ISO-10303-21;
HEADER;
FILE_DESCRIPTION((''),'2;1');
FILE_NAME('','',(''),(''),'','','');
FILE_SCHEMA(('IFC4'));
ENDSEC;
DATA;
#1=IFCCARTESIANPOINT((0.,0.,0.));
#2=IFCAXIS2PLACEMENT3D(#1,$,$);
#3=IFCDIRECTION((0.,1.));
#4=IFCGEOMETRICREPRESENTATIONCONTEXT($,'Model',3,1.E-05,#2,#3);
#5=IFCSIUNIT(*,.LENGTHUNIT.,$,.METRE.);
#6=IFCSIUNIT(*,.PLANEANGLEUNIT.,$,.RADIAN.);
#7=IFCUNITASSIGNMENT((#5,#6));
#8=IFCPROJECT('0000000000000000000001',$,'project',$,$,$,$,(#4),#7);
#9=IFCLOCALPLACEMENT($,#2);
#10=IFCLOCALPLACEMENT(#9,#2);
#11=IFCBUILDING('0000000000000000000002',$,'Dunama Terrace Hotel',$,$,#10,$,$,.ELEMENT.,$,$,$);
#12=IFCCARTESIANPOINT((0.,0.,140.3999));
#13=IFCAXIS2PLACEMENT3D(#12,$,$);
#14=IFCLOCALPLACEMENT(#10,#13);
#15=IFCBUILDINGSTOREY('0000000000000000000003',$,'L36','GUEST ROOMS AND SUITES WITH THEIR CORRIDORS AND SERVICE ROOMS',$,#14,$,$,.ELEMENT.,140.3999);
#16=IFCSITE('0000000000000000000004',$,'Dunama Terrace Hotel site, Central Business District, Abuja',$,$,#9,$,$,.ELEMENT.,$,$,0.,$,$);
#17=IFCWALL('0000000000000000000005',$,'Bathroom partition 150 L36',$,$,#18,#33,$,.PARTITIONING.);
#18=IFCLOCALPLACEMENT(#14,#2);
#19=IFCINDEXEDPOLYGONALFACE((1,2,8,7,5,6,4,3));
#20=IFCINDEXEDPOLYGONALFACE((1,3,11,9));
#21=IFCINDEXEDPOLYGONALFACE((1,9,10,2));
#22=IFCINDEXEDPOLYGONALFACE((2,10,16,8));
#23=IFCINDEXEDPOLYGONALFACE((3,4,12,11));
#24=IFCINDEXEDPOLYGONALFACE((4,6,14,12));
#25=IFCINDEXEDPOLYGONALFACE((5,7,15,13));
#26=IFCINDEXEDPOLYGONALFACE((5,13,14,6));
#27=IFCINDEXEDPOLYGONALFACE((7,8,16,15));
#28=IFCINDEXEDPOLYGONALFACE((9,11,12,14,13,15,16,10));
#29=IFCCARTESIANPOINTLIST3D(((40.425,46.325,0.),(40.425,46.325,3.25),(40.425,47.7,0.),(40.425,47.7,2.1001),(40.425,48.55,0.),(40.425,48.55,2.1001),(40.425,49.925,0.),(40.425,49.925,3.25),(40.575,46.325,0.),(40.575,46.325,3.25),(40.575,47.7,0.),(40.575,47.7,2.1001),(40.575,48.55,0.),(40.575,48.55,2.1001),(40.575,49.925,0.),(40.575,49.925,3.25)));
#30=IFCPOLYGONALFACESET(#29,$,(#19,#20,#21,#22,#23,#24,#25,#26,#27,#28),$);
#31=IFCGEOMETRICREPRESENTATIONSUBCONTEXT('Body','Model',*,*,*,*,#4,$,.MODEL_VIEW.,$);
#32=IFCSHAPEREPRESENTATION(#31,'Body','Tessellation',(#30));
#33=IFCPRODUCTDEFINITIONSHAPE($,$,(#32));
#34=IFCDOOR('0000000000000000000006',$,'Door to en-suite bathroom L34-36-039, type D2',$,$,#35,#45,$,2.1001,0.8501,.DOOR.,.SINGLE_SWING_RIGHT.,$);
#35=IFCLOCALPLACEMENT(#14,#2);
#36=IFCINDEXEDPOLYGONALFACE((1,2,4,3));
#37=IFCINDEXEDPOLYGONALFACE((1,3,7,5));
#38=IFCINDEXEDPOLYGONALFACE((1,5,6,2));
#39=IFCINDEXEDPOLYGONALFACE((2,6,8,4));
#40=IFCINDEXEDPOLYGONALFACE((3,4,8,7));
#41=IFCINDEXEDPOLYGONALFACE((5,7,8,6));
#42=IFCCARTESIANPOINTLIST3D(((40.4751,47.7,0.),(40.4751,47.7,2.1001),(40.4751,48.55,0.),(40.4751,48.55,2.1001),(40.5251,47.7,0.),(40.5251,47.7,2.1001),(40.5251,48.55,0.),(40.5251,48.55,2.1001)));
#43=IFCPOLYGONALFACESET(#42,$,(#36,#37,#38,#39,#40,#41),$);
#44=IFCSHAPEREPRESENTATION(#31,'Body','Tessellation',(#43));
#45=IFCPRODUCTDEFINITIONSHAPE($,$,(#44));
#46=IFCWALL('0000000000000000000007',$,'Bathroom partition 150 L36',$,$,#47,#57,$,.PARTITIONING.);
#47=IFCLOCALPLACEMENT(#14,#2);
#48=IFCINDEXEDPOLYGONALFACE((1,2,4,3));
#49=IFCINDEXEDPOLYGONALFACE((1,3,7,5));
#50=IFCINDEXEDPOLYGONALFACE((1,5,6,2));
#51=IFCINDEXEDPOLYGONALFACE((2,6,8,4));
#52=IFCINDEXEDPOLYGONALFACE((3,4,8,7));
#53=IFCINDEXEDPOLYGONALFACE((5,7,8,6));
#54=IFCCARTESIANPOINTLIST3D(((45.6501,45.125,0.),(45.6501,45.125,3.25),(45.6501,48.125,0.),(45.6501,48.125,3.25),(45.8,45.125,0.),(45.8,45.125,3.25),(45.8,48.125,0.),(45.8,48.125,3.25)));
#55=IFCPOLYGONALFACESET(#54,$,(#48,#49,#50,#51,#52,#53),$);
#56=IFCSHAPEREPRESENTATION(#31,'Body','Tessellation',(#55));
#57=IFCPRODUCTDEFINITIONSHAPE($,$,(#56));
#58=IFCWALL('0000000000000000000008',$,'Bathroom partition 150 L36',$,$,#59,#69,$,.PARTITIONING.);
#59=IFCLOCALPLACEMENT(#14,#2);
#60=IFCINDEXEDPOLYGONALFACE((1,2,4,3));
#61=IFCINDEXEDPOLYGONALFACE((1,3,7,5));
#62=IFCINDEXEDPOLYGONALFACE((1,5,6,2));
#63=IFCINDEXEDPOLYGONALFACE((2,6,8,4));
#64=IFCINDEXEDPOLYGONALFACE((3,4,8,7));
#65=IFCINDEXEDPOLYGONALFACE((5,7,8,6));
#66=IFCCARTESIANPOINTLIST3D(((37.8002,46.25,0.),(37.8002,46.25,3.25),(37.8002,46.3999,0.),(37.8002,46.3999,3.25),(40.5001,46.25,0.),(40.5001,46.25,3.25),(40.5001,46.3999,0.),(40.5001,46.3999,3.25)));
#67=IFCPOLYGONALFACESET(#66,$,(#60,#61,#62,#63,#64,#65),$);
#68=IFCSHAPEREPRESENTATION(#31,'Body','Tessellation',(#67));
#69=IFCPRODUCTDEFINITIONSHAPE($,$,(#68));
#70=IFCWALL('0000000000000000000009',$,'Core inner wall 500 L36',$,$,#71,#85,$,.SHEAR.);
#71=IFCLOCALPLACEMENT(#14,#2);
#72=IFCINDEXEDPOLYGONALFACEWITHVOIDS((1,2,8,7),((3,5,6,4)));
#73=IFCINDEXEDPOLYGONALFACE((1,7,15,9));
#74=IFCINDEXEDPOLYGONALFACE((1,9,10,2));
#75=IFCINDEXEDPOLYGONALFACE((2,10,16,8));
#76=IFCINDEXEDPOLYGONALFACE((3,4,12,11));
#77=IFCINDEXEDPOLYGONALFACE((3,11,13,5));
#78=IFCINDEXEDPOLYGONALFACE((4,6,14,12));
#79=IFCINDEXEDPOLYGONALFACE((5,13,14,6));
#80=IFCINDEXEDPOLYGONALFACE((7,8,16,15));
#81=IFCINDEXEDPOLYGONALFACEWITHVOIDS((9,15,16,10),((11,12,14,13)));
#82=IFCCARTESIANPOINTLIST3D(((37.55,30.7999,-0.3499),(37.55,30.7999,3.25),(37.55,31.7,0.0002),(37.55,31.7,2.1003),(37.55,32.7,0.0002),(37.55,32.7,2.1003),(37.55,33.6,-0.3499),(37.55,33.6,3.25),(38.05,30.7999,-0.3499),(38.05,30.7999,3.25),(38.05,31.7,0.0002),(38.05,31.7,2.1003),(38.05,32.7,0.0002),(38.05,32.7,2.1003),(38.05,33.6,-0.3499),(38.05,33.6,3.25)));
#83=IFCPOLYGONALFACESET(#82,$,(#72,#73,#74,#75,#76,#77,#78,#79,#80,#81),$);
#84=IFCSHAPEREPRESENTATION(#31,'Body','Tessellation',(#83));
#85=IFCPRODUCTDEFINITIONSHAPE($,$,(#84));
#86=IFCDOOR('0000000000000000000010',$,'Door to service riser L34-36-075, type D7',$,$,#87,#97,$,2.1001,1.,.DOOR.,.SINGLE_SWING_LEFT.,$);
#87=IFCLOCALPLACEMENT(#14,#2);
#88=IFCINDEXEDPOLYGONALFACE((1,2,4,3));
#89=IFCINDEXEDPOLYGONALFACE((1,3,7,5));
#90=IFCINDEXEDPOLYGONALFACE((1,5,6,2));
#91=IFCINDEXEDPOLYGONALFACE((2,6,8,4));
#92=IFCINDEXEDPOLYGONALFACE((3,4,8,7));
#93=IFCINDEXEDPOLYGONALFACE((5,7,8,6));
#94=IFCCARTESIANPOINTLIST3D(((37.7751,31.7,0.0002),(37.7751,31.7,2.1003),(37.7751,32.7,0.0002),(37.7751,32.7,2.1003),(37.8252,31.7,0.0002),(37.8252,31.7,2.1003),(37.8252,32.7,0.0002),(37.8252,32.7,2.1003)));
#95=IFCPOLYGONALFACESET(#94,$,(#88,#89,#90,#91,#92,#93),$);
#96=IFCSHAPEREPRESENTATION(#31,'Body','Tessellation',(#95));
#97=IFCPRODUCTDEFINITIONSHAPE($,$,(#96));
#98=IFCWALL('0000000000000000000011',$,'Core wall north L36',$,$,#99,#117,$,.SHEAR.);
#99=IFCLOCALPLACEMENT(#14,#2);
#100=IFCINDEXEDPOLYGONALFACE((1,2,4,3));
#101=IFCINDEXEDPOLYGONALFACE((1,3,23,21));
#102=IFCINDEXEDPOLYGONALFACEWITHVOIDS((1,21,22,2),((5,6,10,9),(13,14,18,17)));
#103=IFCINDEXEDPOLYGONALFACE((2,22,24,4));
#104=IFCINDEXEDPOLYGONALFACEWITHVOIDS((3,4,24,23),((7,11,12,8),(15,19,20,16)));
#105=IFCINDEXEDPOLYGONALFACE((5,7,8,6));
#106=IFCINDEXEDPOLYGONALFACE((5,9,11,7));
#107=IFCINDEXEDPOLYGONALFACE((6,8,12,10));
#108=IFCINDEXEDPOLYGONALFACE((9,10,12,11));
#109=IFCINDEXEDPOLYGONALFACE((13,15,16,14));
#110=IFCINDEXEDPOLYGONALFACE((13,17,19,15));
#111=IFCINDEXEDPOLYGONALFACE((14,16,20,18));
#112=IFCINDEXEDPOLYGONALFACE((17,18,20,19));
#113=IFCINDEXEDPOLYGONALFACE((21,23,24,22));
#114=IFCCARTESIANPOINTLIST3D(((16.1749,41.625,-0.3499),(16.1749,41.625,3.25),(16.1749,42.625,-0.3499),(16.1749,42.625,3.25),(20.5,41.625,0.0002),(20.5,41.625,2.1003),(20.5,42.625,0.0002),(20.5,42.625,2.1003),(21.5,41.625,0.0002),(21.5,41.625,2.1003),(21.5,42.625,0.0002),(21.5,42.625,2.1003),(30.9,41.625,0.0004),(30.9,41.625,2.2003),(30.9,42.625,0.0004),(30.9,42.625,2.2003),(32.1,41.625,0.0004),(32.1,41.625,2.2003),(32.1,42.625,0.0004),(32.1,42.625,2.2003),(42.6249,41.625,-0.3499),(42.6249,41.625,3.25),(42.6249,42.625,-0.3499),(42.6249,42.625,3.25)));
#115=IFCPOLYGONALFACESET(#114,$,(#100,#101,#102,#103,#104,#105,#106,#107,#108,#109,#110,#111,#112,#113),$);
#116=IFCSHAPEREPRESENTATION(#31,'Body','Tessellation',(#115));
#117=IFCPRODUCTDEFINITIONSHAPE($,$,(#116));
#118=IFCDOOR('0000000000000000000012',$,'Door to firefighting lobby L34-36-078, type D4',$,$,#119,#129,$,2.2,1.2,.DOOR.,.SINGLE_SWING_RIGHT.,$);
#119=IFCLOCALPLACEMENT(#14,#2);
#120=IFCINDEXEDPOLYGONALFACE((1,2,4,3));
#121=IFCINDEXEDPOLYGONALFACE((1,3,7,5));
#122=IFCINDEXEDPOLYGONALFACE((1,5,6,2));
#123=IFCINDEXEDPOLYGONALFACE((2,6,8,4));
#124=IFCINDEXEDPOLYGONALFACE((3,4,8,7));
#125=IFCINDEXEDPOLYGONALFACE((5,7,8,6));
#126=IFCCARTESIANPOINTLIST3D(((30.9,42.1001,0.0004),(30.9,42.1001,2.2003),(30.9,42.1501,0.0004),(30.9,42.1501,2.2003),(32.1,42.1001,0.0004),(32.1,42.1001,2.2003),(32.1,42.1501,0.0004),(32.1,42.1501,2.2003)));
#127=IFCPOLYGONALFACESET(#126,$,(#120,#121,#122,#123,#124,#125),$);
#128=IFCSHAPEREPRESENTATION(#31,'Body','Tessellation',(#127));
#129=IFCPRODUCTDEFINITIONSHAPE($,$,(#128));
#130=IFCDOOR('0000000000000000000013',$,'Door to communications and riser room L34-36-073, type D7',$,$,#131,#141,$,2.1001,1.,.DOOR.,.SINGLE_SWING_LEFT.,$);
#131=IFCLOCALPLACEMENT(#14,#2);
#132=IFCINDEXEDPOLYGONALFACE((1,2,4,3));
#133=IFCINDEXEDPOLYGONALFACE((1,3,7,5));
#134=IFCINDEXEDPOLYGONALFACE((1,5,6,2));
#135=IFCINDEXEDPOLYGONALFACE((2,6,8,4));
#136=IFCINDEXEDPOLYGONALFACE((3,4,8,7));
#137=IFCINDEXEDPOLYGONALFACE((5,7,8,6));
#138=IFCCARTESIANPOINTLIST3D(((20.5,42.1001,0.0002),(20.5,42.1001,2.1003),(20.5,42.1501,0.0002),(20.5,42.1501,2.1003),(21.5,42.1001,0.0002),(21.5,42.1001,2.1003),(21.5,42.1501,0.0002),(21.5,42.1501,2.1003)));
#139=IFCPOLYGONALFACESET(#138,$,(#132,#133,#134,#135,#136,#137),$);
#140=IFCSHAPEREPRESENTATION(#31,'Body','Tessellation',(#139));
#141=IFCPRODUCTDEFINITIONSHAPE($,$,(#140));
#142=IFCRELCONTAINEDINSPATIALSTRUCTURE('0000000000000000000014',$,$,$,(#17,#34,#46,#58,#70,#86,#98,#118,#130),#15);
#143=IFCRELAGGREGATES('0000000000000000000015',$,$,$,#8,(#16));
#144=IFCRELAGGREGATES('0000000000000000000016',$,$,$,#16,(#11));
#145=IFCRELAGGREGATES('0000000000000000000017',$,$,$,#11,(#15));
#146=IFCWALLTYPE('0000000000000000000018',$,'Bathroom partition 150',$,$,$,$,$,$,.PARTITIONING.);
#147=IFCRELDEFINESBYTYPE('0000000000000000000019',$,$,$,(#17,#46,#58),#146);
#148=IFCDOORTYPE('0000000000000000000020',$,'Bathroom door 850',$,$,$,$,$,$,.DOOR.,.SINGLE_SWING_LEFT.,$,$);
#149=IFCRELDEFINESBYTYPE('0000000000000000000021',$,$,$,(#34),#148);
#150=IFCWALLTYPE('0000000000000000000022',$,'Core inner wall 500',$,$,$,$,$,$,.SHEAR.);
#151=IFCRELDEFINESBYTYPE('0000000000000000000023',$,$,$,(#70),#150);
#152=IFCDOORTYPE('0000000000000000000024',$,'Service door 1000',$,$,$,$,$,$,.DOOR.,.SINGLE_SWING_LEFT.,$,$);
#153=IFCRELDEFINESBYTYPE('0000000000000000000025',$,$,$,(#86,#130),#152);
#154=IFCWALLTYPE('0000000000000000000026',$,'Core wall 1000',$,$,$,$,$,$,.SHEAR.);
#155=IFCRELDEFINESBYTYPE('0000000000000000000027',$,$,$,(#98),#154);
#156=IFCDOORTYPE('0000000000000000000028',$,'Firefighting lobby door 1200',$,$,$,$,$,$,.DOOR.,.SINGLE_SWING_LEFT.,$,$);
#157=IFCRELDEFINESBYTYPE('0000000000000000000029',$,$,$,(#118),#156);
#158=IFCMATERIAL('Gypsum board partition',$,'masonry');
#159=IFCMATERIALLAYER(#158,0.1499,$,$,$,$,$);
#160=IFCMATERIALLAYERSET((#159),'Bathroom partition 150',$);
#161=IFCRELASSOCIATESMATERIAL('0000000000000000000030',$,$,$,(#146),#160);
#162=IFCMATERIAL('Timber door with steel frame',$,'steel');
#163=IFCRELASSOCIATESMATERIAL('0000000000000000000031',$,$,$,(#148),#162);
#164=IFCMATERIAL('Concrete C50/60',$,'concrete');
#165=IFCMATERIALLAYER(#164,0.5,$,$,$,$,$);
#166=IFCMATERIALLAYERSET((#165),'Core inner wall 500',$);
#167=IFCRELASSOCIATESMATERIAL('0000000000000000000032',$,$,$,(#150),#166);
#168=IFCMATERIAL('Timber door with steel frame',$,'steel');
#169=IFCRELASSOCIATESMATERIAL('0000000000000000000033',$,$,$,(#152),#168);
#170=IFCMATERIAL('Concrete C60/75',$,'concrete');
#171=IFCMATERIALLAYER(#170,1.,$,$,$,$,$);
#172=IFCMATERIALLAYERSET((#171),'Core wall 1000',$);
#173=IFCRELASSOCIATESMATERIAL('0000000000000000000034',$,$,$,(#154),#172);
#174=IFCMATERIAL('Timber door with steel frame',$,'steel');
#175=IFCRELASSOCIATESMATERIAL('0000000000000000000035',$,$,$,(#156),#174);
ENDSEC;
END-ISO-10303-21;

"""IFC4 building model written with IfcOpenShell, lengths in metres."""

from ifc_helpers import new_model, si_unit, direction, frame, frame_2d, origin, place, context, subcontext, project, spatial, rectangle, extrude, material, layer, layer_set, type_object, element, fill, save


model = new_model("IFC4")

# Units and contexts
model_context = context("Model", 3, precision=1e-05, world=origin(), true_north=direction((0.0, 1.0)))
body_context = subcontext(model_context, "Body", "Model", "MODEL_VIEW")
ifc_project = project(units=[si_unit("LENGTHUNIT", "METRE"), si_unit("PLANEANGLEUNIT", "RADIAN")], contexts=[model_context])

# Site, building, storey
site_placement = place(None, origin())
site = spatial("IfcSite", under=ifc_project, at=site_placement, Name="Dunama Terrace Hotel site, Central Business District, Abuja", CompositionType="ELEMENT", RefElevation=0.0)
building_placement = place(site_placement, origin())
building = spatial("IfcBuilding", under=site, at=building_placement, Name="Dunama Terrace Hotel", CompositionType="ELEMENT")
storey_placement = place(building_placement, frame((0.0, 0.0, 140.3999)))
storey = spatial("IfcBuildingStorey", under=building, at=storey_placement, Name="L36", Description="GUEST ROOMS AND SUITES WITH THEIR CORRIDORS AND SERVICE ROOMS", CompositionType="ELEMENT", Elevation=140.3999)

# Wall, opening, door
ifc_material_1 = material(Name="Gypsum board partition", Category="masonry")
ifc_layer_1 = layer(ifc_material_1, 0.1499)
ifc_layer_set_1 = layer_set([ifc_layer_1], Name="Bathroom partition 150")
wall_type_1 = type_object("IfcWallType", Name="Bathroom partition 150", PredefinedType="PARTITIONING", material=ifc_layer_set_1)
wall_1_placement = place(storey_placement, frame((40.5, 46.325, 0.0), z_axis=(0.0, 0.0, 1.0), x_axis=(0.0, 1.0, 0.0)))
wall_1 = element("IfcWall", 1, at=wall_1_placement, inside=storey, type_object=wall_type_1, Name="Bathroom partition 150 L36", PredefinedType="PARTITIONING", context=body_context, shape_type="SweptSolid", body=[
    extrude(rectangle(XDim=3.6001, YDim=0.1499, at=frame_2d((1.8, 0.0))), origin(), (0.0, 0.0, 1.0), 3.25),
])
opening_1_placement = place(wall_1_placement, frame((1.375, 0.0, 0.0)))
opening_1 = element("IfcOpeningElement", 2, at=opening_1_placement, cuts=wall_1, PredefinedType="OPENING", context=body_context, shape_type="SweptSolid", body=[
    extrude(rectangle(XDim=0.8501, YDim=2.1001, at=frame_2d((0.425, 1.05))), frame((0.0, 0.085, 0.0), z_axis=(0.0, -1.0, 0.0), x_axis=(1.0, 0.0, 0.0)), (0.0, 0.0, 1.0), 0.1699),
])
ifc_material_2 = material(Name="Timber door with steel frame", Category="steel")
door_type_1 = type_object("IfcDoorType", Name="Bathroom door 850", OperationType="SINGLE_SWING_LEFT", PredefinedType="DOOR", material=ifc_material_2)
door_1_placement = place(opening_1_placement, origin())
door_1 = element("IfcDoor", 3, at=door_1_placement, inside=storey, type_object=door_type_1, Name="Door to en-suite bathroom L34-36-039, type D2", OperationType="SINGLE_SWING_RIGHT", OverallHeight=2.1001, OverallWidth=0.8501, PredefinedType="DOOR", context=body_context, shape_type="SweptSolid", body=[
    extrude(rectangle(XDim=0.8501, YDim=2.1001, at=frame_2d((0.425, 1.05))), frame((0.0, 0.0249, 0.0), z_axis=(0.0, -1.0, 0.0), x_axis=(1.0, 0.0, 0.0)), (0.0, 0.0, 1.0), 0.05),
])
fill(opening_1, door_1)

# Walls
wall_2_placement = place(storey_placement, frame((45.7251, 45.125, 0.0), z_axis=(0.0, 0.0, 1.0), x_axis=(0.0, 1.0, 0.0)))
element("IfcWall", 4, at=wall_2_placement, inside=storey, type_object=wall_type_1, Name="Bathroom partition 150 L36", PredefinedType="PARTITIONING", context=body_context, shape_type="SweptSolid", body=[
    extrude(rectangle(XDim=3.0, YDim=0.1499, at=frame_2d((1.5, 0.0))), origin(), (0.0, 0.0, 1.0), 3.25),
])
wall_3_placement = place(storey_placement, frame((37.8, 46.325, 0.0), z_axis=(0.0, 0.0, 1.0), x_axis=(1.0, 0.0, 0.0)))
element("IfcWall", 5, at=wall_3_placement, inside=storey, type_object=wall_type_1, Name="Bathroom partition 150 L36", PredefinedType="PARTITIONING", context=body_context, shape_type="SweptSolid", body=[
    extrude(rectangle(XDim=2.7, YDim=0.1499, at=frame_2d((1.3501, 0.0))), origin(), (0.0, 0.0, 1.0), 3.25),
])

# Wall, opening, door
ifc_material_3 = material(Name="Concrete C50/60", Category="concrete")
ifc_layer_2 = layer(ifc_material_3, 0.5)
ifc_layer_set_2 = layer_set([ifc_layer_2], Name="Core inner wall 500")
wall_type_2 = type_object("IfcWallType", Name="Core inner wall 500", PredefinedType="SHEAR", material=ifc_layer_set_2)
wall_4_placement = place(storey_placement, frame((37.8, 30.8, -0.3499), z_axis=(0.0, 0.0, 1.0), x_axis=(0.0, 1.0, 0.0)))
wall_4 = element("IfcWall", 6, at=wall_4_placement, inside=storey, type_object=wall_type_2, Name="Core inner wall 500 L36", PredefinedType="SHEAR", context=body_context, shape_type="SweptSolid", body=[
    extrude(rectangle(XDim=2.8, YDim=0.5, at=frame_2d((1.3999, 0.0))), origin(), (0.0, 0.0, 1.0), 3.5999),
])
opening_2_placement = place(wall_4_placement, frame((0.8999, 0.0, 0.3501)))
opening_2 = element("IfcOpeningElement", 7, at=opening_2_placement, cuts=wall_4, PredefinedType="OPENING", context=body_context, shape_type="SweptSolid", body=[
    extrude(rectangle(XDim=1.0, YDim=2.1001, at=frame_2d((0.5, 1.05))), frame((0.0, 0.26, 0.0), z_axis=(0.0, -1.0, 0.0), x_axis=(1.0, 0.0, 0.0)), (0.0, 0.0, 1.0), 0.52),
])
ifc_material_4 = material(Name="Timber door with steel frame", Category="steel")
door_type_2 = type_object("IfcDoorType", Name="Service door 1000", OperationType="SINGLE_SWING_LEFT", PredefinedType="DOOR", material=ifc_material_4)
door_2_placement = place(opening_2_placement, frame((1.0, 0.0, 0.0), z_axis=(0.0, 0.0, 1.0), x_axis=(-1.0, 0.0, 0.0)))
door_2 = element("IfcDoor", 8, at=door_2_placement, inside=storey, type_object=door_type_2, Name="Door to service riser L34-36-075, type D7", OperationType="SINGLE_SWING_LEFT", OverallHeight=2.1001, OverallWidth=1.0, PredefinedType="DOOR", context=body_context, shape_type="SweptSolid", body=[
    extrude(rectangle(XDim=1.0, YDim=2.1001, at=frame_2d((0.5, 1.05))), frame((0.0, 0.0251, 0.0), z_axis=(0.0, -1.0, 0.0), x_axis=(1.0, 0.0, 0.0)), (0.0, 0.0, 1.0), 0.05),
])
fill(opening_2, door_2)

# Wall, openings, doors
ifc_material_5 = material(Name="Concrete C60/75", Category="concrete")
ifc_layer_3 = layer(ifc_material_5, 1.0)
ifc_layer_set_3 = layer_set([ifc_layer_3], Name="Core wall 1000")
wall_type_3 = type_object("IfcWallType", Name="Core wall 1000", PredefinedType="SHEAR", material=ifc_layer_set_3)
wall_5_placement = place(storey_placement, frame((42.625, 42.125, -0.3499), z_axis=(0.0, 0.0, 1.0), x_axis=(-1.0, 0.0, 0.0)))
wall_5 = element("IfcWall", 9, at=wall_5_placement, inside=storey, type_object=wall_type_3, Name="Core wall north L36", PredefinedType="SHEAR", context=body_context, shape_type="SweptSolid", body=[
    extrude(rectangle(XDim=26.45, YDim=1.0, at=frame_2d((13.2251, 0.0))), origin(), (0.0, 0.0, 1.0), 3.5999),
])
opening_3_placement = place(wall_5_placement, frame((21.125, 0.0, 0.3501)))
opening_3 = element("IfcOpeningElement", 10, at=opening_3_placement, cuts=wall_5, PredefinedType="OPENING", context=body_context, shape_type="SweptSolid", body=[
    extrude(rectangle(XDim=1.0, YDim=2.1001, at=frame_2d((0.5, 1.05))), frame((0.0, 0.51, 0.0), z_axis=(0.0, -1.0, 0.0), x_axis=(1.0, 0.0, 0.0)), (0.0, 0.0, 1.0), 1.02),
])
opening_4_placement = place(wall_5_placement, frame((10.5249, 0.0, 0.3501)))
opening_4 = element("IfcOpeningElement", 11, at=opening_4_placement, cuts=wall_5, PredefinedType="OPENING", context=body_context, shape_type="SweptSolid", body=[
    extrude(rectangle(XDim=1.2, YDim=2.2, at=frame_2d((0.6001, 1.1001))), frame((0.0, 0.51, 0.0), z_axis=(0.0, -1.0, 0.0), x_axis=(1.0, 0.0, 0.0)), (0.0, 0.0, 1.0), 1.02),
])
ifc_material_6 = material(Name="Timber door with steel frame", Category="steel")
door_type_3 = type_object("IfcDoorType", Name="Firefighting lobby door 1200", OperationType="SINGLE_SWING_LEFT", PredefinedType="DOOR", material=ifc_material_6)
door_3_placement = place(opening_4_placement, origin())
door_3 = element("IfcDoor", 12, at=door_3_placement, inside=storey, type_object=door_type_3, Name="Door to firefighting lobby L34-36-078, type D4", OperationType="SINGLE_SWING_RIGHT", OverallHeight=2.2, OverallWidth=1.2, PredefinedType="DOOR", context=body_context, shape_type="SweptSolid", body=[
    extrude(rectangle(XDim=1.2, YDim=2.2, at=frame_2d((0.6001, 1.1001))), frame((0.0, 0.0249, 0.0), z_axis=(0.0, -1.0, 0.0), x_axis=(1.0, 0.0, 0.0)), (0.0, 0.0, 1.0), 0.05),
])
fill(opening_4, door_3)
door_4_placement = place(opening_3_placement, origin())
door_4 = element("IfcDoor", 13, at=door_4_placement, inside=storey, type_object=door_type_2, Name="Door to communications and riser room L34-36-073, type D7", OperationType="SINGLE_SWING_LEFT", OverallHeight=2.1001, OverallWidth=1.0, PredefinedType="DOOR", context=body_context, shape_type="SweptSolid", body=[
    extrude(rectangle(XDim=1.0, YDim=2.1001, at=frame_2d((0.5, 1.05))), frame((0.0, 0.0249, 0.0), z_axis=(0.0, -1.0, 0.0), x_axis=(1.0, 0.0, 0.0)), (0.0, 0.0, 1.0), 0.05),
])
fill(opening_3, door_4)

save(model, "model.ifc")
